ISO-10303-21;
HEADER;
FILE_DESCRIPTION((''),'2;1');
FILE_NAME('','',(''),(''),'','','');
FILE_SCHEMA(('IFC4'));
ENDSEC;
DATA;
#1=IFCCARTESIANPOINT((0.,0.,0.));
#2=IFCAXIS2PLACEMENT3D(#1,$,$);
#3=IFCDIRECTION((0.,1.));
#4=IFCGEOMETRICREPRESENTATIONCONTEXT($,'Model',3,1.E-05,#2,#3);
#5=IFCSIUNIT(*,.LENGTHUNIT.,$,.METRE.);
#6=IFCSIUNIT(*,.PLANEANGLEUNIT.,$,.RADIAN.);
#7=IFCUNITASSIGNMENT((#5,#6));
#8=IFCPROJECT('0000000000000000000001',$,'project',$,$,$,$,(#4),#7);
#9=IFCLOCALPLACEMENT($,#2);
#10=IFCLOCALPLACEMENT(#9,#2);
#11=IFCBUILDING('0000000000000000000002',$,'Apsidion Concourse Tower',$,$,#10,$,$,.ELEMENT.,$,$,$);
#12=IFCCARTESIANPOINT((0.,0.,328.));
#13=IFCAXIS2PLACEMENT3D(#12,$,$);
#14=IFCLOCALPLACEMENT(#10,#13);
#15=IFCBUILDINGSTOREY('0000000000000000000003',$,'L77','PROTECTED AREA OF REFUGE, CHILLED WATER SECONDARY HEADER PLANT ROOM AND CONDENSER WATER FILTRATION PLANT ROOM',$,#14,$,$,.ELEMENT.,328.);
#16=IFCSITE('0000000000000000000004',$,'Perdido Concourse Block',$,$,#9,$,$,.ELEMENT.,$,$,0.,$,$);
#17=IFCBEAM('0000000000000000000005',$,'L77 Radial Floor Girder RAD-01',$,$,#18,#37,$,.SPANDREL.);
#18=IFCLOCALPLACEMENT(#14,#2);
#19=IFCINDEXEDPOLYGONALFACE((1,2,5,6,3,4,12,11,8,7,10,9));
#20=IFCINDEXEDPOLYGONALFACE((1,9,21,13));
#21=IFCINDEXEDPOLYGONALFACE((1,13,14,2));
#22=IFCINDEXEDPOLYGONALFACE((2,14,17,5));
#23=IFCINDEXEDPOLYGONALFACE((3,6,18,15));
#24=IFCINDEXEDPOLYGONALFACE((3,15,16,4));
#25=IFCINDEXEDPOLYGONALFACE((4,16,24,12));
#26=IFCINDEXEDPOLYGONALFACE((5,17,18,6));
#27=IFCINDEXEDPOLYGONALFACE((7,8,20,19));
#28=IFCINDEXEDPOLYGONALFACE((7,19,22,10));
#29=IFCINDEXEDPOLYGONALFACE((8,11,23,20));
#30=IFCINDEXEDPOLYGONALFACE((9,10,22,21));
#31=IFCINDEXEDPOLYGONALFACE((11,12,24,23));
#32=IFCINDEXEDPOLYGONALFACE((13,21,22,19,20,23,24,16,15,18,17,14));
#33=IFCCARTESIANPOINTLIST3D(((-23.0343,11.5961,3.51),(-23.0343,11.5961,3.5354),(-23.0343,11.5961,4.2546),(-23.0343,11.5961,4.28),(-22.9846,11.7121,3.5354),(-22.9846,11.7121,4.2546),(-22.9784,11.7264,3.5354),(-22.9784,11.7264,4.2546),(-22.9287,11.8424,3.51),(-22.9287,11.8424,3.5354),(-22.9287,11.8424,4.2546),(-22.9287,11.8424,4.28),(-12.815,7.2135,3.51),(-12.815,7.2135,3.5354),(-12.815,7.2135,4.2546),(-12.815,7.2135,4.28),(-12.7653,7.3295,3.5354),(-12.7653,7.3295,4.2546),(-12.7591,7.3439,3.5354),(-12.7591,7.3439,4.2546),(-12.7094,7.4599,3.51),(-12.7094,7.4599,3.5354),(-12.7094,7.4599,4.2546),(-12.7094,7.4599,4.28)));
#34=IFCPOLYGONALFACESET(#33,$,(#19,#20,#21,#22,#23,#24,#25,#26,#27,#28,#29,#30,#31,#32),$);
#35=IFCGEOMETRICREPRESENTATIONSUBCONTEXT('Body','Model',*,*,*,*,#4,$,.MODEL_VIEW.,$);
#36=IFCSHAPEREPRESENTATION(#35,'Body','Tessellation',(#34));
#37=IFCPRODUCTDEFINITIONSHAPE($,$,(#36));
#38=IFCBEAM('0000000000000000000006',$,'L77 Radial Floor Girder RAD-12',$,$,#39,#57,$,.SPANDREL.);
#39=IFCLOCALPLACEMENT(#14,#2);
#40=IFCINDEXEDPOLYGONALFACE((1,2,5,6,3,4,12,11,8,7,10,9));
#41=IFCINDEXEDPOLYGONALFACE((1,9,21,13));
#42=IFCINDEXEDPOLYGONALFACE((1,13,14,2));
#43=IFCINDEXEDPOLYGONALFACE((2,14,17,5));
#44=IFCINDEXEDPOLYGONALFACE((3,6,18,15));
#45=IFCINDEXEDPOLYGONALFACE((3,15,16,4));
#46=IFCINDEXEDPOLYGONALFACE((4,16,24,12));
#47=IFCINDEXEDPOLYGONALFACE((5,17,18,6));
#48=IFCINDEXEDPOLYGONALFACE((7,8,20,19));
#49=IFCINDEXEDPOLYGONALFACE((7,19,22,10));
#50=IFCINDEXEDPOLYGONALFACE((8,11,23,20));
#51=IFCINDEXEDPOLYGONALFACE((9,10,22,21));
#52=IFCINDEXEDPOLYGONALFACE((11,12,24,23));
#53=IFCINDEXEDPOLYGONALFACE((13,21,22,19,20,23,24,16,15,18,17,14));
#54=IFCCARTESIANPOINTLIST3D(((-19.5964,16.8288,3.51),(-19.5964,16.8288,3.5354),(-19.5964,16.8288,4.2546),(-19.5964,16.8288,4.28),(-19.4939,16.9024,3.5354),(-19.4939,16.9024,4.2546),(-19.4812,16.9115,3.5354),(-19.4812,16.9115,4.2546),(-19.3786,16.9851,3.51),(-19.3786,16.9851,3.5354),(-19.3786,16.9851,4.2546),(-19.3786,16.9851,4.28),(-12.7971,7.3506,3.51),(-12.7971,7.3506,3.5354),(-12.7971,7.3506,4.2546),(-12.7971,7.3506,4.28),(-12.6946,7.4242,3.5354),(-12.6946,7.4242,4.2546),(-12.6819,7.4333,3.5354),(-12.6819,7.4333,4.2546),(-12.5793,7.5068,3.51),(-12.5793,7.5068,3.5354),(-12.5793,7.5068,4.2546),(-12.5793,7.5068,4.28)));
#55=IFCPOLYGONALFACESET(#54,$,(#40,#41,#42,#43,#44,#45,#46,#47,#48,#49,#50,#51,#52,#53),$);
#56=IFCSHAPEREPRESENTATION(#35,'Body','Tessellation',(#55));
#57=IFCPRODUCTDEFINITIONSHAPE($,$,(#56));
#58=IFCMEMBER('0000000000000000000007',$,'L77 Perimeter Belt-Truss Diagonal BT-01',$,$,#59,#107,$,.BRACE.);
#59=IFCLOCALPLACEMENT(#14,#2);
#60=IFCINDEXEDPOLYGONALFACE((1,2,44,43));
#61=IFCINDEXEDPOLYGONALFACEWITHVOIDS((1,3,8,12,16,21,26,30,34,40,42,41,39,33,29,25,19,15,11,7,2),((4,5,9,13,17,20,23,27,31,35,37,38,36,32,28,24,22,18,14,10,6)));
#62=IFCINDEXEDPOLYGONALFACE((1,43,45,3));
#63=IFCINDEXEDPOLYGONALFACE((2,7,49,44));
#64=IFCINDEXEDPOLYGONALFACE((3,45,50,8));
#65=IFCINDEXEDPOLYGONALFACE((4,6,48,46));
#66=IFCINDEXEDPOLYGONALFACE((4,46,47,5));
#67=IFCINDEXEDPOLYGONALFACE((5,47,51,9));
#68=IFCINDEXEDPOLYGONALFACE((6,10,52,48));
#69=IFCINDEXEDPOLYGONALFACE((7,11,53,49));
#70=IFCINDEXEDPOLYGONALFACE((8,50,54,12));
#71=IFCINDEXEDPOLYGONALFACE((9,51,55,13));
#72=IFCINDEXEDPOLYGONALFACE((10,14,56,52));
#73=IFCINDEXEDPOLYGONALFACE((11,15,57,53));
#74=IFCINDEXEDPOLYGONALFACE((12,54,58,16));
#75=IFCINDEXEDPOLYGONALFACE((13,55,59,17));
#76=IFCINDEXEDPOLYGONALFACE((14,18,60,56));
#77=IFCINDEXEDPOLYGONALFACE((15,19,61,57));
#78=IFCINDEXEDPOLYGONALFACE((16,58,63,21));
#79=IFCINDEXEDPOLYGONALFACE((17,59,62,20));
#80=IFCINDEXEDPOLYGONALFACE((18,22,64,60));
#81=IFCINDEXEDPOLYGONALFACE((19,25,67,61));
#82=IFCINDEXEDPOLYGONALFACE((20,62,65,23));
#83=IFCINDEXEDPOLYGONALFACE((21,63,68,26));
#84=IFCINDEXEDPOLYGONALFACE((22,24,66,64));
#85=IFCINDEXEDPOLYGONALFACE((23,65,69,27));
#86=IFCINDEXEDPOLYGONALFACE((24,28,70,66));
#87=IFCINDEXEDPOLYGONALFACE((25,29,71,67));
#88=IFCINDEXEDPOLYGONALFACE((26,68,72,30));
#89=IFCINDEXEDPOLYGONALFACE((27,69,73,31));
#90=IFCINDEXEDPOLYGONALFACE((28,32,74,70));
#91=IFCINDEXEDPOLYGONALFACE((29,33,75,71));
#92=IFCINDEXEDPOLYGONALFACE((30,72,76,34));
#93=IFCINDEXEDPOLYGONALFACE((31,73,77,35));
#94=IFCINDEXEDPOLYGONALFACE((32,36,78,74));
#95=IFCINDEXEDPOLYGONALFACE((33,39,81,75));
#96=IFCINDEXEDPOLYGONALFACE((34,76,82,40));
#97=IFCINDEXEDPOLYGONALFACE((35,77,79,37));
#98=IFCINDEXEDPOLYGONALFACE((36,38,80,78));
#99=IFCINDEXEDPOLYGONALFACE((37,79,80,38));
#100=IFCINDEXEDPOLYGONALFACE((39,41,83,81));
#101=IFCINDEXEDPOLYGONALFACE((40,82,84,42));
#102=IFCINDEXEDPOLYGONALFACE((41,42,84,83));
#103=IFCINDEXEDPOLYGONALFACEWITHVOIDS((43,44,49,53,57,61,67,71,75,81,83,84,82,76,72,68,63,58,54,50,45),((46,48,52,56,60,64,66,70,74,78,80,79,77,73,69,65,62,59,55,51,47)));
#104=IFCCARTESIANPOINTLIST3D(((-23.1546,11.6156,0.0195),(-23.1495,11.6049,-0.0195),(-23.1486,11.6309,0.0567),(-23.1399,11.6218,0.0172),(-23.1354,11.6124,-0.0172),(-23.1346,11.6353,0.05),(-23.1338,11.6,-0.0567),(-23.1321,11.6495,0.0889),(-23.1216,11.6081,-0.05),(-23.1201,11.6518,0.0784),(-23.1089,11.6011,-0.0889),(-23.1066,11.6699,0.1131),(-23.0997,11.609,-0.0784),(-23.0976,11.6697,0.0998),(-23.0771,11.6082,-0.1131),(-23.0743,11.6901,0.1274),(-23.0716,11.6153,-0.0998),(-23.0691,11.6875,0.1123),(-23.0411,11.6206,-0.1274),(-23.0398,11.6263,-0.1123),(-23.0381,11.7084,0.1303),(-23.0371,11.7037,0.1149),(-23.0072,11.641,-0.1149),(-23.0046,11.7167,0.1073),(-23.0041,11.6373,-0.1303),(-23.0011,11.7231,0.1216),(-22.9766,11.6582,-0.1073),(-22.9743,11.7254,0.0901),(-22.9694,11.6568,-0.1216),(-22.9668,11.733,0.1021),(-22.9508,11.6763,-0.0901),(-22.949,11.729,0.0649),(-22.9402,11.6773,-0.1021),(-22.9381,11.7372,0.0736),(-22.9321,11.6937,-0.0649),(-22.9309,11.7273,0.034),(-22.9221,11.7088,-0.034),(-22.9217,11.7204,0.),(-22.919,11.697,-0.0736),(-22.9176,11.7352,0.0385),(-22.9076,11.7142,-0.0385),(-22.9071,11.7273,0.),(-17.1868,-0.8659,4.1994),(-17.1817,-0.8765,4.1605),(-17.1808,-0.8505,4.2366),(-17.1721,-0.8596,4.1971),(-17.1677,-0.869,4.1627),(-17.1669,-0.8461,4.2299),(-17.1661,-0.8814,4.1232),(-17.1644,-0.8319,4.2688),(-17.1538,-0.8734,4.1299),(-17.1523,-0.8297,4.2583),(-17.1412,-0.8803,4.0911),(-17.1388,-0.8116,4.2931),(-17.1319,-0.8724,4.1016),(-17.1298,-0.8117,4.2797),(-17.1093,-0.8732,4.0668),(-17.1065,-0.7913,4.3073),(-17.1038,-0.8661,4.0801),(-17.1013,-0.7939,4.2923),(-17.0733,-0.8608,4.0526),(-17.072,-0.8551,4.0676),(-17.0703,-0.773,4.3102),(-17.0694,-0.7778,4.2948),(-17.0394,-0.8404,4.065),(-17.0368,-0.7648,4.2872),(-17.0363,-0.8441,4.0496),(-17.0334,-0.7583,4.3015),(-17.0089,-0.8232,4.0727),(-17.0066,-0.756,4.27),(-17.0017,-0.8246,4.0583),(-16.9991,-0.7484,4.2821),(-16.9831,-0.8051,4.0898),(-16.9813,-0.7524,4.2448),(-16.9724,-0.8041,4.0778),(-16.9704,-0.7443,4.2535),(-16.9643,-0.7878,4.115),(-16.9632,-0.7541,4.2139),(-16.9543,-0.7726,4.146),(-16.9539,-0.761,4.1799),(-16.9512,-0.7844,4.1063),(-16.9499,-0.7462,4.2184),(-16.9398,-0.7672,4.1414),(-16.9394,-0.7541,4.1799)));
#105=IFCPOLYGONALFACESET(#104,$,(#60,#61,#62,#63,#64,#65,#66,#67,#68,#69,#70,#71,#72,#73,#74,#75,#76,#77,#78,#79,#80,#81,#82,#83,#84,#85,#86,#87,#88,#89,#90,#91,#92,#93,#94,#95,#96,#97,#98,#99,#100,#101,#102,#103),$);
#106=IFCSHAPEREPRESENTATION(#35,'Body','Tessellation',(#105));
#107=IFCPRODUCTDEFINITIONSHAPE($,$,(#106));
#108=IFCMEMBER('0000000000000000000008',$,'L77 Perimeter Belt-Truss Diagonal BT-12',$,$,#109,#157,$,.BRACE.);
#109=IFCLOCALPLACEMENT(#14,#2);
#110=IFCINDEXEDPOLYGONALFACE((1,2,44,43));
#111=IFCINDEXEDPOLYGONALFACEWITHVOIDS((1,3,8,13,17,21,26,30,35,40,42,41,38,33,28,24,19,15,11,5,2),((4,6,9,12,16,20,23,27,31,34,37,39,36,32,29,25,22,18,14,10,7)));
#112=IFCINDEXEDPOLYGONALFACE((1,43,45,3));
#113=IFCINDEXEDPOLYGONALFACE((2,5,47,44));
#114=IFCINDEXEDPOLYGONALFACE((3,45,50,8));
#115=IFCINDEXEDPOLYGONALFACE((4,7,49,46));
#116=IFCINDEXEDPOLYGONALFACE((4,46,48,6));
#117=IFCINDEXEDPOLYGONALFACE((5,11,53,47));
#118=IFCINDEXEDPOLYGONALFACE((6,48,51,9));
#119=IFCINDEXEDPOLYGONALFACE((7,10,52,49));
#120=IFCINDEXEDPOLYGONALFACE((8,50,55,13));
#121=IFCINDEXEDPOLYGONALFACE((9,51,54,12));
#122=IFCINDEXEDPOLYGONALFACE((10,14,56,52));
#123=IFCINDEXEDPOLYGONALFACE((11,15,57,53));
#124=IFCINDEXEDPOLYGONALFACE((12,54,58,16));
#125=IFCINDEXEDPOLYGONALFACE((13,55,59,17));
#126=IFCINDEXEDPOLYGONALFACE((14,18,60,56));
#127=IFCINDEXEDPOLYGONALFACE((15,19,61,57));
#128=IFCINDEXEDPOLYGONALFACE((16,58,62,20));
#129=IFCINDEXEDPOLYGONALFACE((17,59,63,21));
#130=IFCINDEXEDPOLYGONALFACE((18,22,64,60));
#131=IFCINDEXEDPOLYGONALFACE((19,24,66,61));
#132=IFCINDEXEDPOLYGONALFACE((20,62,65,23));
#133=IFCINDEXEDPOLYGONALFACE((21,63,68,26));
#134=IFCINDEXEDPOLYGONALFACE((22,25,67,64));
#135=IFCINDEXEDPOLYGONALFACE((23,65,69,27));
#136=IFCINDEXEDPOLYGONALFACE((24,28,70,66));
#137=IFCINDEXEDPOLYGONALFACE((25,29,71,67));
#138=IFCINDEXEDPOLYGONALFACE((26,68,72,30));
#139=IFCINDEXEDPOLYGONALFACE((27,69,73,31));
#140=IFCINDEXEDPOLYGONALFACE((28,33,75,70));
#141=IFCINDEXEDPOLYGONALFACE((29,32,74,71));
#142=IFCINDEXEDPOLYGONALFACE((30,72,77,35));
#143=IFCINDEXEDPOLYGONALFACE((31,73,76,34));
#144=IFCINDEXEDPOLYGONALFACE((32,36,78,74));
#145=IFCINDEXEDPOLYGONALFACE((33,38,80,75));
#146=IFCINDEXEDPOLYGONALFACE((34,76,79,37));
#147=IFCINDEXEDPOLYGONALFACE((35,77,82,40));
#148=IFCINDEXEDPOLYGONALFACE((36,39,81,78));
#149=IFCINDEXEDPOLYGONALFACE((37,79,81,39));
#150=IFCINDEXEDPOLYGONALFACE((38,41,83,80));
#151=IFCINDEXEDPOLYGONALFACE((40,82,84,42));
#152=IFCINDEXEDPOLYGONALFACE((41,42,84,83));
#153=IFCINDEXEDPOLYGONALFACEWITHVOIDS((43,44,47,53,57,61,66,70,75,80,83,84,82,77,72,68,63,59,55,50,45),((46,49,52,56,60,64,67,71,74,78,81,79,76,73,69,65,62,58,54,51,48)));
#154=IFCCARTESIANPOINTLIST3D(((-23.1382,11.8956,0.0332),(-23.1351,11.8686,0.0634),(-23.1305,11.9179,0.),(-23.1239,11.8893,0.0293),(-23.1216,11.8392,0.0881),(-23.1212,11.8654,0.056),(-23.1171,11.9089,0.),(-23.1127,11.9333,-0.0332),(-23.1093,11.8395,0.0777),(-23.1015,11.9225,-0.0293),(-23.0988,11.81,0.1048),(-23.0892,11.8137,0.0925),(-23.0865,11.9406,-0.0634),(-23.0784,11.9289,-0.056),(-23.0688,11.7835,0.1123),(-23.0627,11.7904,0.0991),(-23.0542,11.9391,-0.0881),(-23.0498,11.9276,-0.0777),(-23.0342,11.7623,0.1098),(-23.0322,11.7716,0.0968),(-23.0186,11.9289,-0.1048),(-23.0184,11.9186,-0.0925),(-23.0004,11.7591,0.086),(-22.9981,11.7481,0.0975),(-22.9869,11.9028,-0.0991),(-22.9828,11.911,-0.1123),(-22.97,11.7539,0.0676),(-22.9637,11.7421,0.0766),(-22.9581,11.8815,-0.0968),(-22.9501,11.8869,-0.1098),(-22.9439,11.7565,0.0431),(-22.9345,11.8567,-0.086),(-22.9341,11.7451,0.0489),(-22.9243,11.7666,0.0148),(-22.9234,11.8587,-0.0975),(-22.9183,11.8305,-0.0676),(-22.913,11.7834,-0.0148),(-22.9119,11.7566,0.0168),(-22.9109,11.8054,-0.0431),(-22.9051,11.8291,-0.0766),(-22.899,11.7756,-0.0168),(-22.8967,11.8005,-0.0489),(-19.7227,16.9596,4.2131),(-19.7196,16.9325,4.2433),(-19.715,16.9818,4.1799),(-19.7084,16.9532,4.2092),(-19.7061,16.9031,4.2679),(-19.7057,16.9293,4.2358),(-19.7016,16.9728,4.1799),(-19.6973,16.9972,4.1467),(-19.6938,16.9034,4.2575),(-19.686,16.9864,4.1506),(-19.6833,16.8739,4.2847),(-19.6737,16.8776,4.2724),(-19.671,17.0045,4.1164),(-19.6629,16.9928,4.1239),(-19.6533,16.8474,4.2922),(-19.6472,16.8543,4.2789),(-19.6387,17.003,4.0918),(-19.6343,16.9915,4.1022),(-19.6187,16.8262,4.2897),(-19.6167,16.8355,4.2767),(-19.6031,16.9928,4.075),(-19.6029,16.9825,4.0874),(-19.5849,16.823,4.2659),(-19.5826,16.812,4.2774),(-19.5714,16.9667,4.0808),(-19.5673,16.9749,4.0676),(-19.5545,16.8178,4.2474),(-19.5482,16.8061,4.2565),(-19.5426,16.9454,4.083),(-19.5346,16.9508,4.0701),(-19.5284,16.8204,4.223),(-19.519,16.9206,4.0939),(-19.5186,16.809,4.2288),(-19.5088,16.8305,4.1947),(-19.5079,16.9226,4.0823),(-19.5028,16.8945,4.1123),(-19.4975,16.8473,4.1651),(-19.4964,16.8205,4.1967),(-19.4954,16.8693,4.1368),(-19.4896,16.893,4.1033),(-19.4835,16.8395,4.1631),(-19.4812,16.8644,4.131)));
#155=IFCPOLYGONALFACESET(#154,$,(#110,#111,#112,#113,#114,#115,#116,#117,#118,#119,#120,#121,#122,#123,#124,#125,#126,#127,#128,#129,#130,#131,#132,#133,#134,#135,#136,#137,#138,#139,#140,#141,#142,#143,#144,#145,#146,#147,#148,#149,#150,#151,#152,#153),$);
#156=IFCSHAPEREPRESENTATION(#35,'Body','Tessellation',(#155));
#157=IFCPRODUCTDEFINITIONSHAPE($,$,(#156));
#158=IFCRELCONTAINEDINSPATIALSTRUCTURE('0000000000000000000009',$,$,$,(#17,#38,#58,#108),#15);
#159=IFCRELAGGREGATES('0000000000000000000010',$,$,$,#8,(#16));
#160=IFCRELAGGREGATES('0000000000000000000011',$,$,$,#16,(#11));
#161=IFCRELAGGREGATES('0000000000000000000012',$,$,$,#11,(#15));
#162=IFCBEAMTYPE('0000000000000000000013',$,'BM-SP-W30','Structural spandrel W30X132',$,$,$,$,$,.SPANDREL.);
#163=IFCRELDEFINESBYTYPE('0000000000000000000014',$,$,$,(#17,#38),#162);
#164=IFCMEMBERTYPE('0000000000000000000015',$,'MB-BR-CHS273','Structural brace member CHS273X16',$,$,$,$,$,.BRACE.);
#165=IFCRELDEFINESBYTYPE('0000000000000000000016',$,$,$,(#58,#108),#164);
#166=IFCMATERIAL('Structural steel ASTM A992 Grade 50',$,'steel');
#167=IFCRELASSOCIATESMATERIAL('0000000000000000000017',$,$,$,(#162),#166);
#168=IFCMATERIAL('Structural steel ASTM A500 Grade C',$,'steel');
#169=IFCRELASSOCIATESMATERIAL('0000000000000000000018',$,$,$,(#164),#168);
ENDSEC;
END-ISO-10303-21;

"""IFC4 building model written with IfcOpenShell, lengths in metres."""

from ifc_helpers import new_model, si_unit, direction, frame, origin, origin_2d, place, context, subcontext, project, spatial, hollow_circle, i_section, extrude, material, material_profile, profile_set, type_object, element, save


model = new_model("IFC4")

# Units and contexts
model_context = context("Model", 3, precision=1e-05, world=origin(), true_north=direction((0.0, 1.0)))
body_context = subcontext(model_context, "Body", "Model", "MODEL_VIEW")
ifc_project = project(units=[si_unit("LENGTHUNIT", "METRE"), si_unit("PLANEANGLEUNIT", "RADIAN")], contexts=[model_context])

# Site, building, storey
site_placement = place(None, origin())
site = spatial("IfcSite", under=ifc_project, at=site_placement, Name="Perdido Concourse Block", CompositionType="ELEMENT", RefElevation=0.0)
building_placement = place(site_placement, origin())
building = spatial("IfcBuilding", under=site, at=building_placement, Name="Apsidion Concourse Tower", CompositionType="ELEMENT")
storey_placement = place(building_placement, frame((0.0, 0.0, 328.0)))
storey = spatial("IfcBuildingStorey", under=building, at=storey_placement, Name="L77", Description="PROTECTED AREA OF REFUGE, CHILLED WATER SECONDARY HEADER PLANT ROOM AND CONDENSER WATER FILTRATION PLANT ROOM", CompositionType="ELEMENT", Elevation=328.0)

# Shared definitions
ifc_material_1 = material(Name="Structural steel ASTM A992 Grade 50", Category="steel")

# Beams
ifc_material_profile_1 = material_profile(ifc_material_1, i_section(OverallWidth=0.2681, OverallDepth=0.77, WebThickness=0.0156, FlangeThickness=0.0254, at=origin_2d()), Name="W30X132")
ifc_profile_set_1 = profile_set([ifc_material_profile_1], Name="Structural steel ASTM A992 Grade 50")
beam_type_1 = type_object("IfcBeamType", Name="BM-SP-W30", Description="Structural spandrel W30X132", PredefinedType="SPANDREL", material=ifc_profile_set_1)
beam_1_placement = place(storey_placement, frame((-12.7622, 7.3367, 3.895), z_axis=(-0.919051, 0.394139, 0.0), x_axis=(-0.394139, -0.919051, 0.0)))
element("IfcBeam", 1, at=beam_1_placement, inside=storey, type_object=beam_type_1, Name="L77 Radial Floor Girder RAD-01", PredefinedType="SPANDREL", context=body_context, shape_type="SweptSolid", body=[
    extrude(i_section(OverallWidth=0.2681, OverallDepth=0.77, WebThickness=0.0156, FlangeThickness=0.0254, at=origin_2d()), origin(), (0.0, 0.0, 1.0), 11.1194),
])
beam_2_placement = place(storey_placement, frame((-12.6882, 7.4287, 3.895), z_axis=(-0.58289, 0.812551, 0.0), x_axis=(-0.812551, -0.58289, 0.0)))
element("IfcBeam", 2, at=beam_2_placement, inside=storey, type_object=beam_type_1, Name="L77 Radial Floor Girder RAD-12", PredefinedType="SPANDREL", context=body_context, shape_type="SweptSolid", body=[
    extrude(i_section(OverallWidth=0.2681, OverallDepth=0.77, WebThickness=0.0156, FlangeThickness=0.0254, at=origin_2d()), origin(), (0.0, 0.0, 1.0), 11.6648),
])

# Members
ifc_material_2 = material(Name="Structural steel ASTM A500 Grade C", Category="steel")
ifc_material_profile_2 = material_profile(ifc_material_2, hollow_circle(Radius=0.1365, WallThickness=0.0161, at=origin_2d()), Name="CHS273X16")
ifc_profile_set_2 = profile_set([ifc_material_profile_2], Name="Structural steel ASTM A500 Grade C")
member_type_1 = type_object("IfcMemberType", Name="MB-BR-CHS273", Description="Structural brace member CHS273X16", PredefinedType="BRACE", material=ifc_profile_set_2)
member_1_placement = place(storey_placement, frame((-23.0303, 11.6685, 0.0), z_axis=(0.412925, -0.863623, 0.28922), x_axis=(0.90218, 0.431361, 0.0)))
element("IfcMember", 3, at=member_1_placement, inside=storey, type_object=member_type_1, Name="L77 Perimeter Belt-Truss Diagonal BT-01", PredefinedType="BRACE", context=body_context, shape_type="SweptSolid", body=[
    extrude(hollow_circle(Radius=0.1365, WallThickness=0.0161, at=origin_2d()), origin(), (0.0, 0.0, 1.0), 14.4524),
])
member_2_placement = place(storey_placement, frame((-23.0173, 11.8416, 0.0), z_axis=(0.461468, 0.684186, 0.564745), x_axis=(-0.82905, 0.559175, 0.0)))
element("IfcMember", 4, at=member_2_placement, inside=storey, type_object=member_type_1, Name="L77 Perimeter Belt-Truss Diagonal BT-12", PredefinedType="BRACE", context=body_context, shape_type="SweptSolid", body=[
    extrude(hollow_circle(Radius=0.1365, WallThickness=0.0161, at=origin_2d()), origin(), (0.0, 0.0, 1.0), 7.4014),
])

save(model, "model.ifc")
